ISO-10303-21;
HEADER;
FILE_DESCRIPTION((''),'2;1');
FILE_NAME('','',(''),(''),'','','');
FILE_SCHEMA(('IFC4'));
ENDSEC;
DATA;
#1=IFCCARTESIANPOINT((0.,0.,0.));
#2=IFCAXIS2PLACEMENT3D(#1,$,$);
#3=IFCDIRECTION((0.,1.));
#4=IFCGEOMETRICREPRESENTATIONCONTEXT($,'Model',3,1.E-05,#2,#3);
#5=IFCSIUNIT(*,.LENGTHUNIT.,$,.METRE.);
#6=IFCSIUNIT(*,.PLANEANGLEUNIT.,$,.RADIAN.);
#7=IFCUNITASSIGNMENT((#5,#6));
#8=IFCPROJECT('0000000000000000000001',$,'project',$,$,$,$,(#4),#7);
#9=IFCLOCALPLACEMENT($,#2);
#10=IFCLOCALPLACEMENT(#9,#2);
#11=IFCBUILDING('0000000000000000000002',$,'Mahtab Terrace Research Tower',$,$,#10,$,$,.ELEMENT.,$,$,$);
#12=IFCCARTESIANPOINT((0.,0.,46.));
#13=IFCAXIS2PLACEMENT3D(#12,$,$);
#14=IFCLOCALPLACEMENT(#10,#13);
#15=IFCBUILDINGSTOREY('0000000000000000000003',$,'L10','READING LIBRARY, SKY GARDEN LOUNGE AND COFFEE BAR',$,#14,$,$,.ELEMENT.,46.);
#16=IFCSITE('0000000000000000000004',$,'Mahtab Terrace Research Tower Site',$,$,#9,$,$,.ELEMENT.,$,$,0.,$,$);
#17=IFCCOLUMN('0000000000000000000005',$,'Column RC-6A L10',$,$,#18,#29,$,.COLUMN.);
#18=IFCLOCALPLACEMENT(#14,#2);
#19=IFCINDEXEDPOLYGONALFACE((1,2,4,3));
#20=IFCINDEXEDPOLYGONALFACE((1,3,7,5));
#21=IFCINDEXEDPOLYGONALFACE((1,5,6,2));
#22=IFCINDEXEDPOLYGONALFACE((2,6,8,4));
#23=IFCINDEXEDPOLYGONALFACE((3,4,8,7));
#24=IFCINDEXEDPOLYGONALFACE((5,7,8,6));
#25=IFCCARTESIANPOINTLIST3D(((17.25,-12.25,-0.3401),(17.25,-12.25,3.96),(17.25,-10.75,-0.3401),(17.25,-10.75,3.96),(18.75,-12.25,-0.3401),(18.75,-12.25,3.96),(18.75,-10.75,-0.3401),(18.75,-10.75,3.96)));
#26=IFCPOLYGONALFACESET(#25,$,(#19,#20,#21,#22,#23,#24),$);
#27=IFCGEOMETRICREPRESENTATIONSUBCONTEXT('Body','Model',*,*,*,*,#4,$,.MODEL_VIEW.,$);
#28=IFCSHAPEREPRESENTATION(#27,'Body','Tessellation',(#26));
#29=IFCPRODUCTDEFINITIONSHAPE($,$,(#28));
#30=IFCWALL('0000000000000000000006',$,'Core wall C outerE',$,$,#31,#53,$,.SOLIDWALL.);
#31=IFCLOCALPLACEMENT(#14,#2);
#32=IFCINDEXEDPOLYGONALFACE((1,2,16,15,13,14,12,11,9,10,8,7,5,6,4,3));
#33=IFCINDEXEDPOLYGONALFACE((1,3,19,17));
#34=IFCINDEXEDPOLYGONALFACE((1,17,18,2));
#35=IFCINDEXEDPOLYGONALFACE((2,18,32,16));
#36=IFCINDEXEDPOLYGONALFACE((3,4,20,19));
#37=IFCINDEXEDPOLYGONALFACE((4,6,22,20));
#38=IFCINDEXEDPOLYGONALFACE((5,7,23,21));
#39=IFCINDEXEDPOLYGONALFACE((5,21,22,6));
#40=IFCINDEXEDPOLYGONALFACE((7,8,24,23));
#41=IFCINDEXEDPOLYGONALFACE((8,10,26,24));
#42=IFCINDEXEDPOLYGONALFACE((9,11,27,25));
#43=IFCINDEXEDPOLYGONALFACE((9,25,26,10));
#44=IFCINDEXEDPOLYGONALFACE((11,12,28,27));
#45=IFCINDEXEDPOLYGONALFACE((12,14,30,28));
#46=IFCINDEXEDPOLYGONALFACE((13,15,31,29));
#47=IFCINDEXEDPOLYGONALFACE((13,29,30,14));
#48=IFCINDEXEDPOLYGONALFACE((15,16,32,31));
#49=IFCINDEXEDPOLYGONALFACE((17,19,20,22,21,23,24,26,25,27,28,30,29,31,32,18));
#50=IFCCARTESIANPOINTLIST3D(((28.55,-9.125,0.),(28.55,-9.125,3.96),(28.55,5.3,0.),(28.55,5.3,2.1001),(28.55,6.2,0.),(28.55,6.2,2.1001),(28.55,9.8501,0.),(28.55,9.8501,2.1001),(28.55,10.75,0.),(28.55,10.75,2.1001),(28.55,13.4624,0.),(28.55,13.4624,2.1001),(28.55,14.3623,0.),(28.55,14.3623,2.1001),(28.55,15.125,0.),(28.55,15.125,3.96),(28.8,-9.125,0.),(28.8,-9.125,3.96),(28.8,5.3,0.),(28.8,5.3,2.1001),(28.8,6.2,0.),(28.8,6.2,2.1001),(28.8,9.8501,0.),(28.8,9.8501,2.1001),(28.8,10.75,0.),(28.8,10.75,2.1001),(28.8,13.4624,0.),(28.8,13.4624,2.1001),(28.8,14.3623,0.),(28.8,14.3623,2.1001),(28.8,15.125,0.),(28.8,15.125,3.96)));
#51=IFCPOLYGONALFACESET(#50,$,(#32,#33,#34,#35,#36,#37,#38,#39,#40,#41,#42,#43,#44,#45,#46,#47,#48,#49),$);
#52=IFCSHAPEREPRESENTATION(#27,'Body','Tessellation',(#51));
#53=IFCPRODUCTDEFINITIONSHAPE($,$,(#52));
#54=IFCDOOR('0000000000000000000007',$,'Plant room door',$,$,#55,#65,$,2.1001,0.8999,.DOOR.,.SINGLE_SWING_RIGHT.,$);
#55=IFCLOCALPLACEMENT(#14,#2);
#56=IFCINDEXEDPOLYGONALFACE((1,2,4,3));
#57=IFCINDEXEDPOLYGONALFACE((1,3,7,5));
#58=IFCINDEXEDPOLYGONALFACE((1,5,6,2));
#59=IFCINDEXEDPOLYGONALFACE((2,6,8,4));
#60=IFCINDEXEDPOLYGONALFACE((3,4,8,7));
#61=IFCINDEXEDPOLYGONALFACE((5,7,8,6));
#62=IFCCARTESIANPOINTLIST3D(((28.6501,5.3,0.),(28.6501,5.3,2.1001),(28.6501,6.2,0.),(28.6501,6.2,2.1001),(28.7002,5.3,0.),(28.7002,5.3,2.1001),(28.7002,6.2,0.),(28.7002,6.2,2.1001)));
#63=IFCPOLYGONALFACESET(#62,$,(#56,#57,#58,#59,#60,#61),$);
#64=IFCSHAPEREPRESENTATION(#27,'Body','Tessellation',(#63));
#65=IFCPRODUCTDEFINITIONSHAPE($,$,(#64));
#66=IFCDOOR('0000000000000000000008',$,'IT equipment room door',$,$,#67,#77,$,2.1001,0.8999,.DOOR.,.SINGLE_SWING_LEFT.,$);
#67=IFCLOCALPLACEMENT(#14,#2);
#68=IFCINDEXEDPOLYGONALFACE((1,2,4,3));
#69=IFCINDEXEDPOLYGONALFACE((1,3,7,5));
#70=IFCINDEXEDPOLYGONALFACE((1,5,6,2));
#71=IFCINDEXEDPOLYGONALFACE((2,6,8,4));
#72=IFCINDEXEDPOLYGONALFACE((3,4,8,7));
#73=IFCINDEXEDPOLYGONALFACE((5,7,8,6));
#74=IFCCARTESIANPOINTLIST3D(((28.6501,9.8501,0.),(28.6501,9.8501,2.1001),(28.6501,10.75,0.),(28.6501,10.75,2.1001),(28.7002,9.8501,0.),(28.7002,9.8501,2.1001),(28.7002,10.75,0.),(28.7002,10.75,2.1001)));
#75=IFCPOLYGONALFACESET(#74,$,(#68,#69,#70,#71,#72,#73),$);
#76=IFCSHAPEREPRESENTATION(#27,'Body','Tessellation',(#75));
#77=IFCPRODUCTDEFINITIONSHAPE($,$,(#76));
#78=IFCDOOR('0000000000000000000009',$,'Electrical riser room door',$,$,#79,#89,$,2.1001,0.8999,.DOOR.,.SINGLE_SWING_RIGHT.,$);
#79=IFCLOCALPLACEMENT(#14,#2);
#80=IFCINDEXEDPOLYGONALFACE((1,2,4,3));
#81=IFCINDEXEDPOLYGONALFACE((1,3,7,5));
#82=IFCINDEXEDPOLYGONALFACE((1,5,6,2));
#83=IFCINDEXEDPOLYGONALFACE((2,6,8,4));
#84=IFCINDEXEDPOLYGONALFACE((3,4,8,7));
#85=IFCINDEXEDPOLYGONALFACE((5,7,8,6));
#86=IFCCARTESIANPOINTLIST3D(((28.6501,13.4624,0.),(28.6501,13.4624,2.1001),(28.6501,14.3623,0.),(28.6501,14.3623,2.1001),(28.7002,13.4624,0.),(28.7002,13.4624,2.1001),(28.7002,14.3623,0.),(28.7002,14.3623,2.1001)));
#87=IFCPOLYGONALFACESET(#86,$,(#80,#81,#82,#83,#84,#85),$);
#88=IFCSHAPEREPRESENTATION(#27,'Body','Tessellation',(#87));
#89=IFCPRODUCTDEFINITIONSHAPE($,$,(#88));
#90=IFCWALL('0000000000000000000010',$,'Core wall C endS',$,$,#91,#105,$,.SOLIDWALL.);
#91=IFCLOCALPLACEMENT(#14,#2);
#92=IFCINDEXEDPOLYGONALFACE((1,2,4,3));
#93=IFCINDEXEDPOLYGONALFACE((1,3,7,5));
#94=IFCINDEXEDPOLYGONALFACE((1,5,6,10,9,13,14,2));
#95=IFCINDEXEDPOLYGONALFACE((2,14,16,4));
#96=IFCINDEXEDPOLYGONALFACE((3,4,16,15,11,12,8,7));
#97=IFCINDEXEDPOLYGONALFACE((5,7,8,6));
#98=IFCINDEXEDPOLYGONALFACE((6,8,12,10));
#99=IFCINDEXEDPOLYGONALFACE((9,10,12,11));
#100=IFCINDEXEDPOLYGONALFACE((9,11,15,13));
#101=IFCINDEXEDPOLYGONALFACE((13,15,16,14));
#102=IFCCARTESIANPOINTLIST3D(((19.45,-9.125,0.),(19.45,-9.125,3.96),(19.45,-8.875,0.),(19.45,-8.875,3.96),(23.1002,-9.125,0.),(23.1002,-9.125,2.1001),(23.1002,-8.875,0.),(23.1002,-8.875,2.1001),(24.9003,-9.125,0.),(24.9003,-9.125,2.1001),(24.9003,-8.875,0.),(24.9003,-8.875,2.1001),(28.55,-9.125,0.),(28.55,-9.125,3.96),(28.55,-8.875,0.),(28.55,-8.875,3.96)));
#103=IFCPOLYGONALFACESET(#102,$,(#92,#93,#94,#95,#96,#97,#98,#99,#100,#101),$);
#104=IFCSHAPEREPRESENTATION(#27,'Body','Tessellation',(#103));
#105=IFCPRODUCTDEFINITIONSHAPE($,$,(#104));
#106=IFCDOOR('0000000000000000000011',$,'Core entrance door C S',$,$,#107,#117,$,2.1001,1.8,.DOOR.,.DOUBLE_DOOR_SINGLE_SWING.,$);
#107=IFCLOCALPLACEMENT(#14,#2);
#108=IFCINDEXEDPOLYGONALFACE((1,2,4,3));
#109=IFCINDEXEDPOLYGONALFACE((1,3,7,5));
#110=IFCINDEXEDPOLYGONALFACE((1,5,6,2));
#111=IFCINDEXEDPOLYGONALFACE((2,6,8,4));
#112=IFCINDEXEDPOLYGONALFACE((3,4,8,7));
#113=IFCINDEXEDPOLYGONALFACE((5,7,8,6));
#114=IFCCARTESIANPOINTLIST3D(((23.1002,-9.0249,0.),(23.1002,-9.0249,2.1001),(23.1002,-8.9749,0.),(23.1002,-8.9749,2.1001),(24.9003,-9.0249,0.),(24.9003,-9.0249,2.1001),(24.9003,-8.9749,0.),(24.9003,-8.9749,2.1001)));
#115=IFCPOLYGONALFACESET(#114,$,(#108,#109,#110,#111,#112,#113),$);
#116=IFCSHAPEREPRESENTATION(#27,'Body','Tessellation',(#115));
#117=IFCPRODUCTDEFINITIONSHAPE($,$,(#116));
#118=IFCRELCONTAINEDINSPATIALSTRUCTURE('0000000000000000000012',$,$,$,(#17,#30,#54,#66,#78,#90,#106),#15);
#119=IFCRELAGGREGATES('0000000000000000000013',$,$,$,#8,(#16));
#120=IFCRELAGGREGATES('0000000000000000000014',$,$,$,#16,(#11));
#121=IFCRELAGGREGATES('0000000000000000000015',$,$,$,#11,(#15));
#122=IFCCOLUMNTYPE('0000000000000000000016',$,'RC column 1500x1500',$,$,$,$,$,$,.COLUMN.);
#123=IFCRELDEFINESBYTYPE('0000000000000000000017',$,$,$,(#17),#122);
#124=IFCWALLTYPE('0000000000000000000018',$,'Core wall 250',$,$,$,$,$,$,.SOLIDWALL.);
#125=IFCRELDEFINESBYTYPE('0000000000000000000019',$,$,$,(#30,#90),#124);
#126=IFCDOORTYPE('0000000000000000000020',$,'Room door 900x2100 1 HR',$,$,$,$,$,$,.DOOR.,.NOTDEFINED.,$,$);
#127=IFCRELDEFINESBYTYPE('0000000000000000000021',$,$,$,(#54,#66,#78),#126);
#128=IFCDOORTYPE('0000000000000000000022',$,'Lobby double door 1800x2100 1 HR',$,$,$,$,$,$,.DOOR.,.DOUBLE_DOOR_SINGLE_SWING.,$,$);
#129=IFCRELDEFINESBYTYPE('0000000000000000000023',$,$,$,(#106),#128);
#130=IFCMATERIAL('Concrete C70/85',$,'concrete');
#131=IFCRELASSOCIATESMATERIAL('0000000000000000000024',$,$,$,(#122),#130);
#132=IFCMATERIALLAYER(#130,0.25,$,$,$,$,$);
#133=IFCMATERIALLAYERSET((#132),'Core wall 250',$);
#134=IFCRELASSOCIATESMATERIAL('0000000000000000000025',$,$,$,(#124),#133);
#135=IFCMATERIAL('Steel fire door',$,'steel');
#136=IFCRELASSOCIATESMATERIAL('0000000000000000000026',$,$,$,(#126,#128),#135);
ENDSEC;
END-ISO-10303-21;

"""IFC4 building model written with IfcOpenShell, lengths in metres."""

from ifc_helpers import new_model, si_unit, direction, frame, frame_2d, origin, origin_2d, place, context, subcontext, project, spatial, rectangle, extrude, material, layer, layer_set, material_profile, profile_set, type_object, element, fill, save


model = new_model("IFC4")

# Units and contexts
model_context = context("Model", 3, precision=1e-05, world=origin(), true_north=direction((0.0, 1.0)))
body_context = subcontext(model_context, "Body", "Model", "MODEL_VIEW")
ifc_project = project(units=[si_unit("LENGTHUNIT", "METRE"), si_unit("PLANEANGLEUNIT", "RADIAN")], contexts=[model_context])

# Site, building, storey
site_placement = place(None, origin())
site = spatial("IfcSite", under=ifc_project, at=site_placement, Name="Mahtab Terrace Research Tower Site", CompositionType="ELEMENT", RefElevation=0.0)
building_placement = place(site_placement, origin())
building = spatial("IfcBuilding", under=site, at=building_placement, Name="Mahtab Terrace Research Tower", CompositionType="ELEMENT")
storey_placement = place(building_placement, frame((0.0, 0.0, 46.0)))
storey = spatial("IfcBuildingStorey", under=building, at=storey_placement, Name="L10", Description="READING LIBRARY, SKY GARDEN LOUNGE AND COFFEE BAR", CompositionType="ELEMENT", Elevation=46.0)

# Column
ifc_material_1 = material(Name="Concrete C70/85", Category="concrete")
ifc_material_profile = material_profile(ifc_material_1, rectangle(XDim=1.5, YDim=1.5, at=origin_2d()), Name="RC column 1500x1500")
ifc_profile_set = profile_set([ifc_material_profile], Name="Concrete C70/85")
column_type = type_object("IfcColumnType", Name="RC column 1500x1500", PredefinedType="COLUMN", material=ifc_profile_set)
column_placement = place(storey_placement, frame((18.0, -11.5, -0.3401), z_axis=(0.0, 0.0, 1.0), x_axis=(1.0, 0.0, 0.0)))
element("IfcColumn", 1, at=column_placement, inside=storey, type_object=column_type, Name="Column RC-6A L10", PredefinedType="COLUMN", context=body_context, shape_type="SweptSolid", body=[
    extrude(rectangle(XDim=1.5, YDim=1.5, at=origin_2d()), origin(), (0.0, 0.0, 1.0), 4.3),
])

# Wall, openings, doors
ifc_layer_1 = layer(ifc_material_1, 0.25)
ifc_layer_set_1 = layer_set([ifc_layer_1], Name="Core wall 250")
wall_type_1 = type_object("IfcWallType", Name="Core wall 250", PredefinedType="SOLIDWALL", material=ifc_layer_set_1)
wall_1_placement = place(storey_placement, frame((28.675, -9.125, 0.0), z_axis=(0.0, 0.0, 1.0), x_axis=(0.0, 1.0, 0.0)))
wall_1 = element("IfcWall", 2, at=wall_1_placement, inside=storey, type_object=wall_type_1, Name="Core wall C outerE", PredefinedType="SOLIDWALL", context=body_context, shape_type="SweptSolid", body=[
    extrude(rectangle(XDim=24.25, YDim=0.25, at=frame_2d((12.125, 0.0))), origin(), (0.0, 0.0, 1.0), 3.96),
])
opening_1_placement = place(wall_1_placement, frame((14.425, 0.0, 0.0)))
opening_1 = element("IfcOpeningElement", 3, at=opening_1_placement, cuts=wall_1, PredefinedType="OPENING", context=body_context, shape_type="SweptSolid", body=[
    extrude(rectangle(XDim=0.8999, YDim=2.1001, at=frame_2d((0.45, 1.05))), frame((0.0, 0.135, 0.0), z_axis=(0.0, -1.0, 0.0), x_axis=(1.0, 0.0, 0.0)), (0.0, 0.0, 1.0), 0.27),
])
opening_2_placement = place(wall_1_placement, frame((18.9751, 0.0, 0.0)))
opening_2 = element("IfcOpeningElement", 4, at=opening_2_placement, cuts=wall_1, PredefinedType="OPENING", context=body_context, shape_type="SweptSolid", body=[
    extrude(rectangle(XDim=0.8999, YDim=2.1001, at=frame_2d((0.45, 1.05))), frame((0.0, 0.135, 0.0), z_axis=(0.0, -1.0, 0.0), x_axis=(1.0, 0.0, 0.0)), (0.0, 0.0, 1.0), 0.27),
])
opening_3_placement = place(wall_1_placement, frame((22.5874, 0.0, 0.0)))
opening_3 = element("IfcOpeningElement", 5, at=opening_3_placement, cuts=wall_1, PredefinedType="OPENING", context=body_context, shape_type="SweptSolid", body=[
    extrude(rectangle(XDim=0.8999, YDim=2.1001, at=frame_2d((0.45, 1.05))), frame((0.0, 0.135, 0.0), z_axis=(0.0, -1.0, 0.0), x_axis=(1.0, 0.0, 0.0)), (0.0, 0.0, 1.0), 0.27),
])
ifc_material_2 = material(Name="Steel fire door", Category="steel")
door_type_1 = type_object("IfcDoorType", Name="Room door 900x2100 1 HR", OperationType="NOTDEFINED", PredefinedType="DOOR", material=ifc_material_2)
door_1_placement = place(opening_1_placement, origin())
door_1 = element("IfcDoor", 6, at=door_1_placement, inside=storey, type_object=door_type_1, Name="Plant room door", OperationType="SINGLE_SWING_RIGHT", OverallHeight=2.1001, OverallWidth=0.8999, PredefinedType="DOOR", context=body_context, shape_type="SweptSolid", body=[
    extrude(rectangle(XDim=0.8999, YDim=2.1001, at=frame_2d((0.45, 1.05))), frame((0.0, 0.0249, 0.0), z_axis=(0.0, -1.0, 0.0), x_axis=(1.0, 0.0, 0.0)), (0.0, 0.0, 1.0), 0.05),
])
fill(opening_1, door_1)
door_2_placement = place(opening_2_placement, origin())
door_2 = element("IfcDoor", 7, at=door_2_placement, inside=storey, type_object=door_type_1, Name="IT equipment room door", OperationType="SINGLE_SWING_LEFT", OverallHeight=2.1001, OverallWidth=0.8999, PredefinedType="DOOR", context=body_context, shape_type="SweptSolid", body=[
    extrude(rectangle(XDim=0.8999, YDim=2.1001, at=frame_2d((0.45, 1.05))), frame((0.0, 0.0249, 0.0), z_axis=(0.0, -1.0, 0.0), x_axis=(1.0, 0.0, 0.0)), (0.0, 0.0, 1.0), 0.05),
])
fill(opening_2, door_2)
door_3_placement = place(opening_3_placement, origin())
door_3 = element("IfcDoor", 8, at=door_3_placement, inside=storey, type_object=door_type_1, Name="Electrical riser room door", OperationType="SINGLE_SWING_RIGHT", OverallHeight=2.1001, OverallWidth=0.8999, PredefinedType="DOOR", context=body_context, shape_type="SweptSolid", body=[
    extrude(rectangle(XDim=0.8999, YDim=2.1001, at=frame_2d((0.45, 1.05))), frame((0.0, 0.0249, 0.0), z_axis=(0.0, -1.0, 0.0), x_axis=(1.0, 0.0, 0.0)), (0.0, 0.0, 1.0), 0.05),
])
fill(opening_3, door_3)

# Wall, opening, door
wall_2_placement = place(storey_placement, frame((28.55, -9.0, 0.0), z_axis=(0.0, 0.0, 1.0), x_axis=(-1.0, 0.0, 0.0)))
wall_2 = element("IfcWall", 9, at=wall_2_placement, inside=storey, type_object=wall_type_1, Name="Core wall C endS", PredefinedType="SOLIDWALL", context=body_context, shape_type="SweptSolid", body=[
    extrude(rectangle(XDim=9.1001, YDim=0.25, at=frame_2d((4.55, 0.0))), origin(), (0.0, 0.0, 1.0), 3.96),
])
opening_4_placement = place(wall_2_placement, frame((3.6499, 0.0, 0.0)))
opening_4 = element("IfcOpeningElement", 10, at=opening_4_placement, cuts=wall_2, PredefinedType="OPENING", context=body_context, shape_type="SweptSolid", body=[
    extrude(rectangle(XDim=1.8, YDim=2.1001, at=frame_2d((0.8999, 1.05))), frame((0.0, 0.135, 0.0), z_axis=(0.0, -1.0, 0.0), x_axis=(1.0, 0.0, 0.0)), (0.0, 0.0, 1.0), 0.27),
])
door_type_2 = type_object("IfcDoorType", Name="Lobby double door 1800x2100 1 HR", OperationType="DOUBLE_DOOR_SINGLE_SWING", PredefinedType="DOOR", material=ifc_material_2)
door_4_placement = place(opening_4_placement, origin())
door_4 = element("IfcDoor", 11, at=door_4_placement, inside=storey, type_object=door_type_2, Name="Core entrance door C S", OperationType="DOUBLE_DOOR_SINGLE_SWING", OverallHeight=2.1001, OverallWidth=1.8, PredefinedType="DOOR", context=body_context, shape_type="SweptSolid", body=[
    extrude(rectangle(XDim=1.8, YDim=2.1001, at=frame_2d((0.8999, 1.05))), frame((0.0, 0.0249, 0.0), z_axis=(0.0, -1.0, 0.0), x_axis=(1.0, 0.0, 0.0)), (0.0, 0.0, 1.0), 0.05),
])
fill(opening_4, door_4)

save(model, "model.ifc")
